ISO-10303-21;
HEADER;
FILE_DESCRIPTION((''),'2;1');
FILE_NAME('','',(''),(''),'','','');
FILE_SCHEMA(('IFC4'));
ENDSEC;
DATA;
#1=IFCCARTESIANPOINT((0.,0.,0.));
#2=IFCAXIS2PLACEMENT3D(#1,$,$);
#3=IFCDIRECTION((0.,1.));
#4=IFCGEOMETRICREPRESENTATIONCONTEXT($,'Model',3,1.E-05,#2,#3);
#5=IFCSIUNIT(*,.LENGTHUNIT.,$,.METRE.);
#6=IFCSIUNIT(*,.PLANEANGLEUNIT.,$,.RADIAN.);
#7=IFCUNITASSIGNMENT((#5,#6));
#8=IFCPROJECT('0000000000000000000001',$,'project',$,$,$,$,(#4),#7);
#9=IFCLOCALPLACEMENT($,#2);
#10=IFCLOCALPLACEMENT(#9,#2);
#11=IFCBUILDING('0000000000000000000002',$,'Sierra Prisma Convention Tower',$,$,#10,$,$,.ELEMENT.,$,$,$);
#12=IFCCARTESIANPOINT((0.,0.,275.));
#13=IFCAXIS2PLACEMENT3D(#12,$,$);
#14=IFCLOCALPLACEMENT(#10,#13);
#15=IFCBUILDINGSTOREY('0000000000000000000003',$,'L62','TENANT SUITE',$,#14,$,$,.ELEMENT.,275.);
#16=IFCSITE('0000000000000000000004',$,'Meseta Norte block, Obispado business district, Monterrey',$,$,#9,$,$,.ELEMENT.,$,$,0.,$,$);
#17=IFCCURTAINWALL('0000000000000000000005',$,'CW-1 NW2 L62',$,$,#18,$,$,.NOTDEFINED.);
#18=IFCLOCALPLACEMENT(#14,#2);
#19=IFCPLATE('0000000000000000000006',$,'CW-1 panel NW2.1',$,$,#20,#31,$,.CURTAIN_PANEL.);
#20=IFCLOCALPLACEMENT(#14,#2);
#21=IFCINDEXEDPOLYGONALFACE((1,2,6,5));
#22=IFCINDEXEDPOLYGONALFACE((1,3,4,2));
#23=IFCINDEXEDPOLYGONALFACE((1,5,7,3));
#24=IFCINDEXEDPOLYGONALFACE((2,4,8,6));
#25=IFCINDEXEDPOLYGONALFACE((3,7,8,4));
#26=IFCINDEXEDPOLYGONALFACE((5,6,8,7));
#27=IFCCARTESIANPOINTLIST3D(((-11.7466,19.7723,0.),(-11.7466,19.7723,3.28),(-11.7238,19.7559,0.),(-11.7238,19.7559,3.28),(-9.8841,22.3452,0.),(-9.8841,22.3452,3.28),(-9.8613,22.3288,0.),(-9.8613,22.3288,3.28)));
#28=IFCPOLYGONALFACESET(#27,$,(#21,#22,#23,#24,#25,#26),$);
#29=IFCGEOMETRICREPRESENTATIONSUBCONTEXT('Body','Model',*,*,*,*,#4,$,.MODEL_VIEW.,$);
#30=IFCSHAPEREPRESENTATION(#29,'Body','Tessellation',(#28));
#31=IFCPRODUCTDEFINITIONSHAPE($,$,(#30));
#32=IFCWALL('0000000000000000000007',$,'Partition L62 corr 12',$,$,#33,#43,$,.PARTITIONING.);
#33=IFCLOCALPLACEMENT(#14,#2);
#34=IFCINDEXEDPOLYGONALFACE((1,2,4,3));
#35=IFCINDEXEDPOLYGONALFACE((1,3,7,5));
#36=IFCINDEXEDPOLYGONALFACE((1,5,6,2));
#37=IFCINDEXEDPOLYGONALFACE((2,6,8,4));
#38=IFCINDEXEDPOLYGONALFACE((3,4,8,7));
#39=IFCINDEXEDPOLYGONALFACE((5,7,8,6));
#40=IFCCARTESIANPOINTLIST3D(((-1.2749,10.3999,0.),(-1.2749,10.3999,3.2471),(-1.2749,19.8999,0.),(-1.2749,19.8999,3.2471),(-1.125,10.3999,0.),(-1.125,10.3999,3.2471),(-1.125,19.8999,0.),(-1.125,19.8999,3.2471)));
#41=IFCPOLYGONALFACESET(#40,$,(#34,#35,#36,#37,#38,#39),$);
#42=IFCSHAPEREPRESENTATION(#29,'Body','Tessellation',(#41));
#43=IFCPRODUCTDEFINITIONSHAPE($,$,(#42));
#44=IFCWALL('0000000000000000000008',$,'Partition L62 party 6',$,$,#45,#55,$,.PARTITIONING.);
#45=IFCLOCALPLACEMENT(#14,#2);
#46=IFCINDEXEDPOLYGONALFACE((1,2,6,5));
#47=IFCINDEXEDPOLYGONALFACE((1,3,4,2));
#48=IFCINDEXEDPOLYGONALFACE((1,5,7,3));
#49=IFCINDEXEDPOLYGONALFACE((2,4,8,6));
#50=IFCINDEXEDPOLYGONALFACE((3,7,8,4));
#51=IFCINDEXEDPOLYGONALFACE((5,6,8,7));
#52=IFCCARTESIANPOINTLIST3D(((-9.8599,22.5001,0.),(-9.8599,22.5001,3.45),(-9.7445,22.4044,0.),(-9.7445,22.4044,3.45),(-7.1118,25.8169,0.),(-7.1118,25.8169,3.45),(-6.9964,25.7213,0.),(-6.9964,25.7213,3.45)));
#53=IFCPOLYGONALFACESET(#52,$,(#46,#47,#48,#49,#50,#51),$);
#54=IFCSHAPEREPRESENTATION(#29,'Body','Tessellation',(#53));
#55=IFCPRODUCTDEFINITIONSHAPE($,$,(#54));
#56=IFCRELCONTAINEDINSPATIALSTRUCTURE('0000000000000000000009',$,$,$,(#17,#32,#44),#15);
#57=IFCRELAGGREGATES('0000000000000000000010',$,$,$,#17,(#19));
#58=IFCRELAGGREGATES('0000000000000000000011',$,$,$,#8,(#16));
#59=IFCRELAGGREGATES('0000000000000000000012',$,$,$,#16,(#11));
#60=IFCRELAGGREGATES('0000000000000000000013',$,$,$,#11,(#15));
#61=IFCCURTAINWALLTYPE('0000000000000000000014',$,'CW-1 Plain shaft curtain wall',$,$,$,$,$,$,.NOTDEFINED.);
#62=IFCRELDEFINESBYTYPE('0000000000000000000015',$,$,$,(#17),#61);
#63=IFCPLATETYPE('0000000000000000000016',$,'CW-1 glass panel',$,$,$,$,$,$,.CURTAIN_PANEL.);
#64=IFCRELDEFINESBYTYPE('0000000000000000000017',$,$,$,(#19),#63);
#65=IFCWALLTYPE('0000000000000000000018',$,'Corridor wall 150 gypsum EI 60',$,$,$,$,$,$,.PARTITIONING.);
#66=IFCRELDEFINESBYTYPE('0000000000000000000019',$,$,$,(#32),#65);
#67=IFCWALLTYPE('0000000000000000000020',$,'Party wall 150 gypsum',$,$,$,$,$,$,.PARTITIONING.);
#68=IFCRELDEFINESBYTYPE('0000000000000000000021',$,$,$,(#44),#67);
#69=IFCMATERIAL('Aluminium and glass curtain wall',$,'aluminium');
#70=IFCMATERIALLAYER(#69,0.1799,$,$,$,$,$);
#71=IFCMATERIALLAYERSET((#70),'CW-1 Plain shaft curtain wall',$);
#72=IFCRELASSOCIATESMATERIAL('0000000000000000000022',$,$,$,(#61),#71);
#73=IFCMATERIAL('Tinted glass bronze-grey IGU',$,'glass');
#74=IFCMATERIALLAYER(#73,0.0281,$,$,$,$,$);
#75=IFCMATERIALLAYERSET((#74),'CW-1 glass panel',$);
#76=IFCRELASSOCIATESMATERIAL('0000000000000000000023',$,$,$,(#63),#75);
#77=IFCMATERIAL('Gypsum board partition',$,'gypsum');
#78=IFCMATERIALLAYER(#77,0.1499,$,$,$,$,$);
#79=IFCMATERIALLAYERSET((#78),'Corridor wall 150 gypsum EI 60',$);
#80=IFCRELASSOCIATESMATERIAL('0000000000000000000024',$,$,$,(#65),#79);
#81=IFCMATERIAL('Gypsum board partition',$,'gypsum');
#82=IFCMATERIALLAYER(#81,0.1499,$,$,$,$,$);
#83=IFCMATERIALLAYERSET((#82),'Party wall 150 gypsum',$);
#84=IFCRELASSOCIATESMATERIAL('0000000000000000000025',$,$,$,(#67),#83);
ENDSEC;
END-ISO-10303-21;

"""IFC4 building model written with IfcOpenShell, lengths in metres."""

from ifc_helpers import new_model, si_unit, direction, frame, frame_2d, origin, origin_2d, place, context, subcontext, project, spatial, rectangle, extrude, material, layer, layer_set, type_object, element, aggregate, save


model = new_model("IFC4")

# Units and contexts
model_context = context("Model", 3, precision=1e-05, world=origin(), true_north=direction((0.0, 1.0)))
body_context = subcontext(model_context, "Body", "Model", "MODEL_VIEW")
ifc_project = project(units=[si_unit("LENGTHUNIT", "METRE"), si_unit("PLANEANGLEUNIT", "RADIAN")], contexts=[model_context])

# Site, building, storey
site_placement = place(None, origin())
site = spatial("IfcSite", under=ifc_project, at=site_placement, Name="Meseta Norte block, Obispado business district, Monterrey", CompositionType="ELEMENT", RefElevation=0.0)
building_placement = place(site_placement, origin())
building = spatial("IfcBuilding", under=site, at=building_placement, Name="Sierra Prisma Convention Tower", CompositionType="ELEMENT")
storey_placement = place(building_placement, frame((0.0, 0.0, 275.0)))
storey = spatial("IfcBuildingStorey", under=building, at=storey_placement, Name="L62", Description="TENANT SUITE", CompositionType="ELEMENT", Elevation=275.0)

# Shared definitions
ifc_material_1 = material(Name="Aluminium and glass curtain wall", Category="aluminium")
ifc_layer_1 = layer(ifc_material_1, 0.1799)
ifc_layer_set_1 = layer_set([ifc_layer_1], Name="CW-1 Plain shaft curtain wall")
curtain_wall_type = type_object("IfcCurtainWallType", Name="CW-1 Plain shaft curtain wall", PredefinedType="NOTDEFINED", material=ifc_layer_set_1)

# Curtain wall
curtain_wall_1_placement = place(storey_placement, origin())
curtain_wall_1 = element("IfcCurtainWall", 1, at=curtain_wall_1_placement, inside=storey, type_object=curtain_wall_type, Name="CW-1 NW2 L62", PredefinedType="NOTDEFINED")

# Shared definitions
ifc_material_2 = material(Name="Tinted glass bronze-grey IGU", Category="glass")
ifc_layer_2 = layer(ifc_material_2, 0.0281)
ifc_layer_set_2 = layer_set([ifc_layer_2], Name="CW-1 glass panel")
plate_type = type_object("IfcPlateType", Name="CW-1 glass panel", PredefinedType="CURTAIN_PANEL", material=ifc_layer_set_2)

# Plate
plate_1_placement = place(storey_placement, frame((-10.804, 21.0505, 0.0), z_axis=(0.0, 0.0, 1.0), x_axis=(-0.586377, -0.810038, 0.0)))
plate_1 = element("IfcPlate", 2, at=plate_1_placement, type_object=plate_type, Name="CW-1 panel NW2.1", PredefinedType="CURTAIN_PANEL", context=body_context, shape_type="SweptSolid", body=[
    extrude(rectangle(XDim=3.1763, YDim=0.0281, at=origin_2d()), origin(), (0.0, 0.0, 1.0), 3.28),
])
aggregate(curtain_wall_1, [plate_1])

# Walls
ifc_material_3 = material(Name="Gypsum board partition", Category="gypsum")
ifc_layer_3 = layer(ifc_material_3, 0.1499)
ifc_layer_set_3 = layer_set([ifc_layer_3], Name="Corridor wall 150 gypsum EI 60")
wall_type_1 = type_object("IfcWallType", Name="Corridor wall 150 gypsum EI 60", PredefinedType="PARTITIONING", material=ifc_layer_set_3)
wall_1_placement = place(storey_placement, frame((-1.2, 19.8999, 0.0), z_axis=(0.0, 0.0, 1.0), x_axis=(0.0, -1.0, 0.0)))
element("IfcWall", 3, at=wall_1_placement, inside=storey, type_object=wall_type_1, Name="Partition L62 corr 12", PredefinedType="PARTITIONING", context=body_context, shape_type="SweptSolid", body=[
    extrude(rectangle(XDim=9.5, YDim=0.1499, at=frame_2d((4.75, 0.0))), origin(), (0.0, 0.0, 1.0), 3.2471),
])
ifc_material_4 = material(Name="Gypsum board partition", Category="gypsum")
ifc_layer_4 = layer(ifc_material_4, 0.1499)
ifc_layer_set_4 = layer_set([ifc_layer_4], Name="Party wall 150 gypsum")
wall_type_2 = type_object("IfcWallType", Name="Party wall 150 gypsum", PredefinedType="PARTITIONING", material=ifc_layer_set_4)
wall_2_placement = place(storey_placement, frame((-9.8022, 22.4521, 0.0), z_axis=(0.0, 0.0, 1.0), x_axis=(0.637985, 0.770049, 0.0)))
element("IfcWall", 4, at=wall_2_placement, inside=storey, type_object=wall_type_2, Name="Partition L62 party 6", PredefinedType="PARTITIONING", context=body_context, shape_type="SweptSolid", body=[
    extrude(rectangle(XDim=4.3074, YDim=0.1499, at=frame_2d((2.1538, 0.0))), origin(), (0.0, 0.0, 1.0), 3.45),
])

save(model, "model.ifc")
